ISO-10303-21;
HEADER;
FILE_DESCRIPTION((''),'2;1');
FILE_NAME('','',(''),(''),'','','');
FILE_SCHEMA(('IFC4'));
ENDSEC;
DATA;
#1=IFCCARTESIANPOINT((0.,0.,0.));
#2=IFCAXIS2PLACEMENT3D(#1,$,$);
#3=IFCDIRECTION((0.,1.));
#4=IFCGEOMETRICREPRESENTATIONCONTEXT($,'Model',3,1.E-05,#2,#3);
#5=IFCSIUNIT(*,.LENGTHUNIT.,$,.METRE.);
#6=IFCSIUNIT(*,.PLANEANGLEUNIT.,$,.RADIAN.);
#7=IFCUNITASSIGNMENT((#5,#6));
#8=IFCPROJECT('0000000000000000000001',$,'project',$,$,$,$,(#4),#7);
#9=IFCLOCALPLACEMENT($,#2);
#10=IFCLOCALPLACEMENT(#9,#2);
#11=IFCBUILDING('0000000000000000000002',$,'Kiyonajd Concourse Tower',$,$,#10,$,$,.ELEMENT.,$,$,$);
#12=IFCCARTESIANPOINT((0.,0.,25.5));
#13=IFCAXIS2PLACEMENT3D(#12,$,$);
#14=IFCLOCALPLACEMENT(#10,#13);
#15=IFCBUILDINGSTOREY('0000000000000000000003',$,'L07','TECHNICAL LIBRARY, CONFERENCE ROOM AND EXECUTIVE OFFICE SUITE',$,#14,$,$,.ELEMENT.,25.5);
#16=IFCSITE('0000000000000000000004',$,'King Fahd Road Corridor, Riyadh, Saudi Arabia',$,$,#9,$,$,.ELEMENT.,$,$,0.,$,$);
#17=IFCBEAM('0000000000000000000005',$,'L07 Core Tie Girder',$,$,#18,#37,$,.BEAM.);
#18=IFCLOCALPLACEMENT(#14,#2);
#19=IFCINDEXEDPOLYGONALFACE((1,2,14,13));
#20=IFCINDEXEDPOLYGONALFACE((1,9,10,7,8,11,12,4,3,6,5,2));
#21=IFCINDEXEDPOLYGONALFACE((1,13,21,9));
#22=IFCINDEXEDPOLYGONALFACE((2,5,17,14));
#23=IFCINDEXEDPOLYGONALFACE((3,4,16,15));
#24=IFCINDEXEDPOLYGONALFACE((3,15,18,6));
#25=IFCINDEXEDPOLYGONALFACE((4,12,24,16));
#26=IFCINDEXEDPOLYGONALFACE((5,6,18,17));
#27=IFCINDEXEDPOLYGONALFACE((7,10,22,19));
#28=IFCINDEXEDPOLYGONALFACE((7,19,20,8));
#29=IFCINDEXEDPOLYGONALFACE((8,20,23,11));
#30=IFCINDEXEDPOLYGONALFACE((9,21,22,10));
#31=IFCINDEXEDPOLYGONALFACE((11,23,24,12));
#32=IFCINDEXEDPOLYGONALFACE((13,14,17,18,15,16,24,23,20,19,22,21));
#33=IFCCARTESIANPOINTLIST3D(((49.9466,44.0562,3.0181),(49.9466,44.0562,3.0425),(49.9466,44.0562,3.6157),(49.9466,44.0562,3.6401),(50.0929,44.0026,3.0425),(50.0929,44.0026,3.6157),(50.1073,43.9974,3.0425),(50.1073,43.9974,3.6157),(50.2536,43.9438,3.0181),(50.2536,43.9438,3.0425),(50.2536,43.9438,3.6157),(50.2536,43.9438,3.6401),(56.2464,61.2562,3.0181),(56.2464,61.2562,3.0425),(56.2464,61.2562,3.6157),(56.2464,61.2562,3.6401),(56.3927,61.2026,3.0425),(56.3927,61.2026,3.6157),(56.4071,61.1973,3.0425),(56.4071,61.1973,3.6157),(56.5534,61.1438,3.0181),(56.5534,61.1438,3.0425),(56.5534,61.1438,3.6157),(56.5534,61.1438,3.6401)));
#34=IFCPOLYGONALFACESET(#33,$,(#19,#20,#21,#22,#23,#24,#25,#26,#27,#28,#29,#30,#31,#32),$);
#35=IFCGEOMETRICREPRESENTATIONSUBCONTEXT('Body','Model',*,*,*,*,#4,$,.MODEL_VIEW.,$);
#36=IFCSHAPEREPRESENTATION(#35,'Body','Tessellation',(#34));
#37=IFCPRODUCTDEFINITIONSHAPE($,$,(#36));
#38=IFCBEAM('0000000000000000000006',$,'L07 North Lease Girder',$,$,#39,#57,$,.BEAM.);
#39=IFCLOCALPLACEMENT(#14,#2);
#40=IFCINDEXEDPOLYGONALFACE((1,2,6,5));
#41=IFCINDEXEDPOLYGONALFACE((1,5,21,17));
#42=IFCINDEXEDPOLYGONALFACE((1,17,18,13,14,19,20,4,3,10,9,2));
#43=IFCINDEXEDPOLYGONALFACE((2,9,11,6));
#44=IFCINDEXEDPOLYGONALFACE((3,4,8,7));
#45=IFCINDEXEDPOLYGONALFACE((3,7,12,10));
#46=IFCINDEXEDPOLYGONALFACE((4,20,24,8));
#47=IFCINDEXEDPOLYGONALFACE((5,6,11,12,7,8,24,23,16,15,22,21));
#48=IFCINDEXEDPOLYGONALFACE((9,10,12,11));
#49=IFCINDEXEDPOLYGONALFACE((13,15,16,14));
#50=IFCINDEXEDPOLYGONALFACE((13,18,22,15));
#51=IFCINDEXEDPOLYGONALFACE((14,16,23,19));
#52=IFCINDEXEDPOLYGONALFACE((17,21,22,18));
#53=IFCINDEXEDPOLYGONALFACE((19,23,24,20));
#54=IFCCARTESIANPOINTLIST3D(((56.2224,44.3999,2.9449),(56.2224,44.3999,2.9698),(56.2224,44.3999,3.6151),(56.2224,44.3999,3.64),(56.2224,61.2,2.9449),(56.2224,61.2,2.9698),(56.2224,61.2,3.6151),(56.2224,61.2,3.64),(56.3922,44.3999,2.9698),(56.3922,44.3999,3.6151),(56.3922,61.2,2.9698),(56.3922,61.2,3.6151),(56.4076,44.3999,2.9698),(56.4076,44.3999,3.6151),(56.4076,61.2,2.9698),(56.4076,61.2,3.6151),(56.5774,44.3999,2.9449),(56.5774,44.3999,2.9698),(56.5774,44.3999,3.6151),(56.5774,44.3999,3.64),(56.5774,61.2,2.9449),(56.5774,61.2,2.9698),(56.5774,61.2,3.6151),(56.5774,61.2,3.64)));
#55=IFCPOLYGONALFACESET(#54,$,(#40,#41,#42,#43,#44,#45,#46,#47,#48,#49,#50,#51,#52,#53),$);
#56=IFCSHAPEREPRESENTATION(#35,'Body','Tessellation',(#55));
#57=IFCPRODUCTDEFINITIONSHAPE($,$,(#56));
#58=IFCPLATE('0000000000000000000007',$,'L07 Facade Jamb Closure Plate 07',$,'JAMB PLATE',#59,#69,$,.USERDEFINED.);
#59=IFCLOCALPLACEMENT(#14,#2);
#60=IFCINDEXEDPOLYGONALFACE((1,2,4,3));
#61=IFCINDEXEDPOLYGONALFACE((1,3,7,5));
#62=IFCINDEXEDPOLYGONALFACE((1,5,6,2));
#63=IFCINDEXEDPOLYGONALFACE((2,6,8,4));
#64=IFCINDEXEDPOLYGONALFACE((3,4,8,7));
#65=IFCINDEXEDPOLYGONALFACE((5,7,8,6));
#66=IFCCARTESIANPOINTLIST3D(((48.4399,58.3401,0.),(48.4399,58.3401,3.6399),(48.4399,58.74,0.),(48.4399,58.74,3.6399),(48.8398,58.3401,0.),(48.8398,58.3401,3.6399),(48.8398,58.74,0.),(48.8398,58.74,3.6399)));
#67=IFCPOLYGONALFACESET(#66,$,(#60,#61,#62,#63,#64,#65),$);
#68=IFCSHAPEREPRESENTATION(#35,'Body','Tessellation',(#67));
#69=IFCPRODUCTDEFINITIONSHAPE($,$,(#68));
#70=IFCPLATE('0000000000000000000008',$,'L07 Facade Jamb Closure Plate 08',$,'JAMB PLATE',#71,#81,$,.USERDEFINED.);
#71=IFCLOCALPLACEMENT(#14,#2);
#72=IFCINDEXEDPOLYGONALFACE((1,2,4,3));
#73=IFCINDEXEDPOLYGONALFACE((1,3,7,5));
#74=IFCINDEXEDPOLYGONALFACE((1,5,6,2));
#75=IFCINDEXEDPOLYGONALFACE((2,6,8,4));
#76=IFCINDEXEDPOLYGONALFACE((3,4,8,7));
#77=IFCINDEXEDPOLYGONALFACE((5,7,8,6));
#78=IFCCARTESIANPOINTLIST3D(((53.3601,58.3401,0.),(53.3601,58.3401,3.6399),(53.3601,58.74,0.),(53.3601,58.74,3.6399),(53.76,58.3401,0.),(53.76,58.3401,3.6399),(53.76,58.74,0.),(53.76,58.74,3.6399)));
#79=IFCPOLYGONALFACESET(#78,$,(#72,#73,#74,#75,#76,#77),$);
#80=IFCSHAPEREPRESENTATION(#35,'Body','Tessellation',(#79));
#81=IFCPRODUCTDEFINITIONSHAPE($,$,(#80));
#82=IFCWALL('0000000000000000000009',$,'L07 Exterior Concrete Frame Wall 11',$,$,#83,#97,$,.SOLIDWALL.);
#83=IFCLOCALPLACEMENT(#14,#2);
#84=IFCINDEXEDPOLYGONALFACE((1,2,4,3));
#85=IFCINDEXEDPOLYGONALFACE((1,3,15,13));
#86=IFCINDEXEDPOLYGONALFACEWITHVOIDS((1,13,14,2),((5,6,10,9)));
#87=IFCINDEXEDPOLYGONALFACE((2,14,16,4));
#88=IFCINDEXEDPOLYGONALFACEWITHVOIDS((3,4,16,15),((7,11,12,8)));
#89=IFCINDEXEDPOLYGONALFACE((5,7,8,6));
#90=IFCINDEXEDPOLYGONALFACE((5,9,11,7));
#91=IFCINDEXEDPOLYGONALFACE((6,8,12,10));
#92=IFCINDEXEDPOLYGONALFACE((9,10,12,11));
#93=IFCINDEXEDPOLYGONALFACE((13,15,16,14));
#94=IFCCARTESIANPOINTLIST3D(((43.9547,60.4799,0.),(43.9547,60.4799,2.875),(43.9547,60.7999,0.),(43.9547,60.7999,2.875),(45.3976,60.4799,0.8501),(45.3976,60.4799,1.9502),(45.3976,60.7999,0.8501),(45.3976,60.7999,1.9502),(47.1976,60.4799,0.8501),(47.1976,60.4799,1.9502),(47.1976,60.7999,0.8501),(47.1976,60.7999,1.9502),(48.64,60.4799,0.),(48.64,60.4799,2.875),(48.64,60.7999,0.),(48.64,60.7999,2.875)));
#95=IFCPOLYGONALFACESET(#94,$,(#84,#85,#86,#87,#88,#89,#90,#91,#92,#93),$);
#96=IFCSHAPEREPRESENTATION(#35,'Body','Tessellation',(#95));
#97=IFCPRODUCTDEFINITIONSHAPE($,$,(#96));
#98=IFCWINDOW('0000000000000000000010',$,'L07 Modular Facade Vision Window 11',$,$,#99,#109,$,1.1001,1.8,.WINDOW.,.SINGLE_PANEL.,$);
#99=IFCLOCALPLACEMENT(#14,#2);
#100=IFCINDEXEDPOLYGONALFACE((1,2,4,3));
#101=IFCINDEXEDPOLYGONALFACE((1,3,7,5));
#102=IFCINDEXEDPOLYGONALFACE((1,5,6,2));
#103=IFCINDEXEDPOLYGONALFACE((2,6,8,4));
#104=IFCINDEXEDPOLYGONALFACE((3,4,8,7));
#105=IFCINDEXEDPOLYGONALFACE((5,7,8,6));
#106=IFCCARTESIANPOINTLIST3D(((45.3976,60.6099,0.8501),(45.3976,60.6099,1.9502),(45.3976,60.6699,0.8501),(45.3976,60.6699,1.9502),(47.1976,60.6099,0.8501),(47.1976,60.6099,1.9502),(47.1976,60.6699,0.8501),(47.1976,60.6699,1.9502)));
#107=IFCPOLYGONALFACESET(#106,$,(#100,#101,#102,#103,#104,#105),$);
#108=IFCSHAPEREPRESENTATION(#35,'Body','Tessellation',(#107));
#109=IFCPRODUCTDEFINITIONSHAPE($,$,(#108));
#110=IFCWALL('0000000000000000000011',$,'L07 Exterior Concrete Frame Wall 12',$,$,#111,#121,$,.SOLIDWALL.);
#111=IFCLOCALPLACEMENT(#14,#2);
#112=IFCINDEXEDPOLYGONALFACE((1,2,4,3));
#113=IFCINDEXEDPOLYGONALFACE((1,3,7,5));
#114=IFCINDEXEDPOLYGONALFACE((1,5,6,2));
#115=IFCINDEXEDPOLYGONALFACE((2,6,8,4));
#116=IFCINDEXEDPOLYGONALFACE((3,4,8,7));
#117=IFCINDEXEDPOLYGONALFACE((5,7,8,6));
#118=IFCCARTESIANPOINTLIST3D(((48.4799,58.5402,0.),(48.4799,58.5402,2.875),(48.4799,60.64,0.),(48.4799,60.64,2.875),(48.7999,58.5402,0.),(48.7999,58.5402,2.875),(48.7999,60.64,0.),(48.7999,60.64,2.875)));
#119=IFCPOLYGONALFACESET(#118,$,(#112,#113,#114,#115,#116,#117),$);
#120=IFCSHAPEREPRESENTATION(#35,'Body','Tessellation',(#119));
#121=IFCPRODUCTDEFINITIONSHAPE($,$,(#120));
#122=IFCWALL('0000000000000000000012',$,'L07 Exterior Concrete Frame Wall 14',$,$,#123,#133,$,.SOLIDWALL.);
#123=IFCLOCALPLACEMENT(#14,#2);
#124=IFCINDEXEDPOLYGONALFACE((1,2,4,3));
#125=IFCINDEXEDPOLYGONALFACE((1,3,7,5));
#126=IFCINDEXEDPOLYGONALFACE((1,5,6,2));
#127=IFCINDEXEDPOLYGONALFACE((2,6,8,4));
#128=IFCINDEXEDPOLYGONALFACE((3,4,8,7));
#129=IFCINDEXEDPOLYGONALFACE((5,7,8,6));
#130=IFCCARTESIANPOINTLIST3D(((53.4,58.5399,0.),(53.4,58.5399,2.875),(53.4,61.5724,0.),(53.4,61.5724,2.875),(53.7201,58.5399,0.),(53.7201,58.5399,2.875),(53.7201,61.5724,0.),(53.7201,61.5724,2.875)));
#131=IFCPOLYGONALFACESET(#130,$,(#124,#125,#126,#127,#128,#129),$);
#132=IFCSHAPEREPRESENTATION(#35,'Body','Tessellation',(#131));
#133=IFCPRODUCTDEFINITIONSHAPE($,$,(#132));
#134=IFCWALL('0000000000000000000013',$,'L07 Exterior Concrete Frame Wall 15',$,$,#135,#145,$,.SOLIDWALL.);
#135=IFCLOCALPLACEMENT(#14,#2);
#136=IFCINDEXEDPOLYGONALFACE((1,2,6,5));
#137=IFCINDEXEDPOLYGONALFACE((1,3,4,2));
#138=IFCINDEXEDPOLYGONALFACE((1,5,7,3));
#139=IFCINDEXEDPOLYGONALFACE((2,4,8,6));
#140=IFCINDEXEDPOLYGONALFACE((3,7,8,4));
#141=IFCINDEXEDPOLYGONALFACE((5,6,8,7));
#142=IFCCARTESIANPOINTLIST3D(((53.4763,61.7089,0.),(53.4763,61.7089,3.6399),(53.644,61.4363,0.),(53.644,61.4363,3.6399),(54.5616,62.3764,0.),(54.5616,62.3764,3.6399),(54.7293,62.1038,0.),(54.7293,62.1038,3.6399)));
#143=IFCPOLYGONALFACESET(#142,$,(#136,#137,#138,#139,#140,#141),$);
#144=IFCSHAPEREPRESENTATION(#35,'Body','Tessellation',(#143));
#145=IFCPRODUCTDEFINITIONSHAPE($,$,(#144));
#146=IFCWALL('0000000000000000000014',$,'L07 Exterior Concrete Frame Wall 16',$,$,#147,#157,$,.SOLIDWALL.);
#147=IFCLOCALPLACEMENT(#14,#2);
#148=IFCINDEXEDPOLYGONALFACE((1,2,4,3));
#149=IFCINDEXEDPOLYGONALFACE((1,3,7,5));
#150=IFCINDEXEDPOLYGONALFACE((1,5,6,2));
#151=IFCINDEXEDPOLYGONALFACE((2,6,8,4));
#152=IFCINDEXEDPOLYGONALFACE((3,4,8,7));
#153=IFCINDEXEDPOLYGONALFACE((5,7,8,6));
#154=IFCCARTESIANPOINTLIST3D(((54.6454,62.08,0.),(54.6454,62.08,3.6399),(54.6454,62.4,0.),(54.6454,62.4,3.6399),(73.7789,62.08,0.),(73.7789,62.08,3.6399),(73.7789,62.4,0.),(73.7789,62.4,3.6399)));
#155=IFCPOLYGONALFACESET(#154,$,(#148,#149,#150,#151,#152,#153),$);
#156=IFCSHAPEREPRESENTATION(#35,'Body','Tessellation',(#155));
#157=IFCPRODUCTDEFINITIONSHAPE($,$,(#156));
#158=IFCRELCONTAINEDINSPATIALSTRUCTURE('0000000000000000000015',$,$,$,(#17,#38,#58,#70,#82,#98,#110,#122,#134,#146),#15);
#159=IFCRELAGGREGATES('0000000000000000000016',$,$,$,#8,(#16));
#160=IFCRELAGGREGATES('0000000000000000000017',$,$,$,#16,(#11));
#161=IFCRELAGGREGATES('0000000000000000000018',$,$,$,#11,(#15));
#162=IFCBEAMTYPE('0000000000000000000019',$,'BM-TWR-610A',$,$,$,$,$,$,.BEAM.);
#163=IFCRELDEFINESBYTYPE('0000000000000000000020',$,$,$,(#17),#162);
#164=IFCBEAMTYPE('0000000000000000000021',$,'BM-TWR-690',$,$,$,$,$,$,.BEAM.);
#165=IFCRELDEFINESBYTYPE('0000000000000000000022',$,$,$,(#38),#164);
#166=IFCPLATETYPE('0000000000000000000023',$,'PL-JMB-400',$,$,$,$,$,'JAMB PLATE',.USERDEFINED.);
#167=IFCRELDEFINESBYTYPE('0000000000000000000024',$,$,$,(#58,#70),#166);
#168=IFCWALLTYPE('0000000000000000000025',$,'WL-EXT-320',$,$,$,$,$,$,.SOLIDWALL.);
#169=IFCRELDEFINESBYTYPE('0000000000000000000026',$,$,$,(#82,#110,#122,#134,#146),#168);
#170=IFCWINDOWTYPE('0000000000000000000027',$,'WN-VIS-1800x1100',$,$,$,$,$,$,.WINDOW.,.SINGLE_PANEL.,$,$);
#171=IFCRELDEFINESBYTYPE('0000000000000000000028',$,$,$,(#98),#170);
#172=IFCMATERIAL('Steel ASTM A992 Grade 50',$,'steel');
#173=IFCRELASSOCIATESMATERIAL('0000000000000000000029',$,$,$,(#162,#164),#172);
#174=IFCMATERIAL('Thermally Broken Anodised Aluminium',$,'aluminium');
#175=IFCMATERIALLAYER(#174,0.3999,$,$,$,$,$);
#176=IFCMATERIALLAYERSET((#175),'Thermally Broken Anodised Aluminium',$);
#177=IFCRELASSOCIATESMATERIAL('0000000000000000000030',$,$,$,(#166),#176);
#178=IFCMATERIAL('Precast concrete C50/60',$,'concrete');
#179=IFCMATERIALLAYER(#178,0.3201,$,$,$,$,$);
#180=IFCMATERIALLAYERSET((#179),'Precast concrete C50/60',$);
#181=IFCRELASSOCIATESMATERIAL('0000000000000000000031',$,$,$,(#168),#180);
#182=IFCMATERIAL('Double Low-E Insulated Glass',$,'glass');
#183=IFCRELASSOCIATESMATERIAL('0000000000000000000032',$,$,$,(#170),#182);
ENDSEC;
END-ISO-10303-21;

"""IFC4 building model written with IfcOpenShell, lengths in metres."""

from ifc_helpers import new_model, si_unit, direction, frame, frame_2d, origin, origin_2d, place, context, subcontext, project, spatial, rectangle, i_section, extrude, material, layer, layer_set, material_profile, profile_set, type_object, element, fill, save


model = new_model("IFC4")

# Units and contexts
model_context = context("Model", 3, precision=1e-05, world=origin(), true_north=direction((0.0, 1.0)))
body_context = subcontext(model_context, "Body", "Model", "MODEL_VIEW")
ifc_project = project(units=[si_unit("LENGTHUNIT", "METRE"), si_unit("PLANEANGLEUNIT", "RADIAN")], contexts=[model_context])

# Site, building, storey
site_placement = place(None, origin())
site = spatial("IfcSite", under=ifc_project, at=site_placement, Name="King Fahd Road Corridor, Riyadh, Saudi Arabia", CompositionType="ELEMENT", RefElevation=0.0)
building_placement = place(site_placement, origin())
building = spatial("IfcBuilding", under=site, at=building_placement, Name="Kiyonajd Concourse Tower", CompositionType="ELEMENT")
storey_placement = place(building_placement, frame((0.0, 0.0, 25.5)))
storey = spatial("IfcBuildingStorey", under=building, at=storey_placement, Name="L07", Description="TECHNICAL LIBRARY, CONFERENCE ROOM AND EXECUTIVE OFFICE SUITE", CompositionType="ELEMENT", Elevation=25.5)

# Beams
ifc_material_1 = material(Name="Steel ASTM A992 Grade 50", Category="steel")
ifc_material_2 = material(Name="Precast concrete C50/60", Category="concrete")
ifc_material_profile_1 = material_profile(ifc_material_1, i_section(OverallWidth=0.3269, OverallDepth=0.6221, WebThickness=0.0154, FlangeThickness=0.0244, at=origin_2d()), Name="W610X195")
ifc_profile_set_1 = profile_set([ifc_material_profile_1], Name="Steel ASTM A992 Grade 50")
beam_type_1 = type_object("IfcBeamType", Name="BM-TWR-610A", PredefinedType="BEAM", material=ifc_profile_set_1)
beam_1_placement = place(storey_placement, frame((50.1001, 44.0, 3.3291), z_axis=(0.343925, 0.938997, 0.0), x_axis=(-0.938997, 0.343925, 0.0)))
element("IfcBeam", 1, at=beam_1_placement, inside=storey, type_object=beam_type_1, Name="L07 Core Tie Girder", PredefinedType="BEAM", context=body_context, shape_type="SweptSolid", body=[
    extrude(i_section(OverallWidth=0.3269, OverallDepth=0.6221, WebThickness=0.0154, FlangeThickness=0.0244, at=origin_2d()), origin(), (0.0, 0.0, 1.0), 18.3174),
])
ifc_material_profile_2 = material_profile(ifc_material_1, i_section(OverallWidth=0.355, OverallDepth=0.6951, WebThickness=0.0154, FlangeThickness=0.0249, at=origin_2d()), Name="W690X217")
ifc_profile_set_2 = profile_set([ifc_material_profile_2], Name="Steel ASTM A992 Grade 50")
beam_type_2 = type_object("IfcBeamType", Name="BM-TWR-690", PredefinedType="BEAM", material=ifc_profile_set_2)
beam_2_placement = place(storey_placement, frame((56.3999, 44.3999, 3.2925), z_axis=(0.0, 1.0, 0.0), x_axis=(-1.0, 0.0, 0.0)))
element("IfcBeam", 2, at=beam_2_placement, inside=storey, type_object=beam_type_2, Name="L07 North Lease Girder", PredefinedType="BEAM", context=body_context, shape_type="SweptSolid", body=[
    extrude(i_section(OverallWidth=0.355, OverallDepth=0.6951, WebThickness=0.0154, FlangeThickness=0.0249, at=origin_2d()), origin(), (0.0, 0.0, 1.0), 16.8),
])

# Plates
ifc_material_3 = material(Name="Thermally Broken Anodised Aluminium", Category="aluminium")
ifc_layer_1 = layer(ifc_material_3, 0.3999)
ifc_layer_set_1 = layer_set([ifc_layer_1], Name="Thermally Broken Anodised Aluminium")
plate_type = type_object("IfcPlateType", Name="PL-JMB-400", ElementType="JAMB PLATE", PredefinedType="USERDEFINED", material=ifc_layer_set_1)
for number, where, z_axis, x_axis, name in (
    (3, (48.6399, 58.54, 0.0), (0.0, 0.0, 1.0), (1.0, 0.0, 0.0), "L07 Facade Jamb Closure Plate 07"),
    (4, (53.5601, 58.54, 0.0), (0.0, 0.0, 1.0), (1.0, 0.0, 0.0), "L07 Facade Jamb Closure Plate 08"),
):
    element("IfcPlate", number, at=place(storey_placement, frame(where, z_axis=z_axis, x_axis=x_axis)), inside=storey, type_object=plate_type, Name=name, ObjectType="JAMB PLATE", PredefinedType="USERDEFINED", context=body_context, shape_type="SweptSolid", body=[
        extrude(rectangle(XDim=0.3999, YDim=0.3999, at=origin_2d()), origin(), (0.0, 0.0, 1.0), 3.6399),
    ])

# Wall, opening, window
ifc_layer_2 = layer(ifc_material_2, 0.3201)
ifc_layer_set_2 = layer_set([ifc_layer_2], Name="Precast concrete C50/60")
wall_type_1 = type_object("IfcWallType", Name="WL-EXT-320", PredefinedType="SOLIDWALL", material=ifc_layer_set_2)
wall_1_placement = place(storey_placement, frame((43.9546, 60.6399, 0.0), z_axis=(0.0, 0.0, 1.0), x_axis=(1.0, 0.0, 0.0)))
wall_1 = element("IfcWall", 5, at=wall_1_placement, inside=storey, type_object=wall_type_1, Name="L07 Exterior Concrete Frame Wall 11", PredefinedType="SOLIDWALL", context=body_context, shape_type="SweptSolid", body=[
    extrude(rectangle(XDim=4.6853, YDim=0.3201, at=frame_2d((2.3428, 0.0))), origin(), (0.0, 0.0, 1.0), 2.875),
])
opening_1_placement = place(wall_1_placement, frame((1.4431, 0.0, 0.8501)))
opening_1 = element("IfcOpeningElement", 6, at=opening_1_placement, cuts=wall_1, PredefinedType="OPENING", context=body_context, shape_type="SweptSolid", body=[
    extrude(rectangle(XDim=1.8, YDim=1.1001, at=frame_2d((0.8999, 0.55))), frame((0.0, 0.1699, 0.0), z_axis=(0.0, -1.0, 0.0), x_axis=(1.0, 0.0, 0.0)), (0.0, 0.0, 1.0), 0.3401),
])
ifc_material_4 = material(Name="Double Low-E Insulated Glass", Category="glass")
window_type = type_object("IfcWindowType", Name="WN-VIS-1800x1100", PartitioningType="SINGLE_PANEL", PredefinedType="WINDOW", material=ifc_material_4)
window_placement = place(opening_1_placement, origin())
window = element("IfcWindow", 7, at=window_placement, inside=storey, type_object=window_type, Name="L07 Modular Facade Vision Window 11", OverallHeight=1.1001, OverallWidth=1.8, PartitioningType="SINGLE_PANEL", PredefinedType="WINDOW", context=body_context, shape_type="SweptSolid", body=[
    extrude(rectangle(XDim=1.8, YDim=1.1001, at=frame_2d((0.8999, 0.55))), frame((0.0, 0.03, 0.0), z_axis=(0.0, -1.0, 0.0), x_axis=(1.0, 0.0, 0.0)), (0.0, 0.0, 1.0), 0.0601),
])
fill(opening_1, window)

# Walls
wall_2_placement = place(storey_placement, frame((48.6399, 60.6399, 0.0), z_axis=(0.0, 0.0, 1.0), x_axis=(0.0, -1.0, 0.0)))
element("IfcWall", 8, at=wall_2_placement, inside=storey, type_object=wall_type_1, Name="L07 Exterior Concrete Frame Wall 12", PredefinedType="SOLIDWALL", context=body_context, shape_type="SweptSolid", body=[
    extrude(rectangle(XDim=2.0999, YDim=0.3201, at=frame_2d((1.0498, 0.0))), origin(), (0.0, 0.0, 1.0), 2.875),
])
wall_3_placement = place(storey_placement, frame((53.5601, 58.54, 0.0), z_axis=(0.0, 0.0, 1.0), x_axis=(0.0, 1.0, 0.0)))
element("IfcWall", 9, at=wall_3_placement, inside=storey, type_object=wall_type_1, Name="L07 Exterior Concrete Frame Wall 14", PredefinedType="SOLIDWALL", context=body_context, shape_type="SweptSolid", body=[
    extrude(rectangle(XDim=3.0325, YDim=0.3201, at=frame_2d((1.5161, 0.0))), origin(), (0.0, 0.0, 1.0), 2.875),
])
wall_4_placement = place(storey_placement, frame((53.5601, 61.5725, 0.0), z_axis=(0.0, 0.0, 1.0), x_axis=(0.851777, 0.523905, 0.0)))
element("IfcWall", 10, at=wall_4_placement, inside=storey, type_object=wall_type_1, Name="L07 Exterior Concrete Frame Wall 15", PredefinedType="SOLIDWALL", context=body_context, shape_type="SweptSolid", body=[
    extrude(rectangle(XDim=1.2742, YDim=0.3201, at=frame_2d((0.6372, 0.0))), origin(), (0.0, 0.0, 1.0), 3.6399),
])
wall_5_placement = place(storey_placement, frame((54.6453, 62.24, 0.0), z_axis=(0.0, 0.0, 1.0), x_axis=(1.0, 0.0, 0.0)))
element("IfcWall", 11, at=wall_5_placement, inside=storey, type_object=wall_type_1, Name="L07 Exterior Concrete Frame Wall 16", PredefinedType="SOLIDWALL", context=body_context, shape_type="SweptSolid", body=[
    extrude(rectangle(XDim=19.1335, YDim=0.3201, at=frame_2d((9.5669, 0.0))), origin(), (0.0, 0.0, 1.0), 3.6399),
])

save(model, "model.ifc")
